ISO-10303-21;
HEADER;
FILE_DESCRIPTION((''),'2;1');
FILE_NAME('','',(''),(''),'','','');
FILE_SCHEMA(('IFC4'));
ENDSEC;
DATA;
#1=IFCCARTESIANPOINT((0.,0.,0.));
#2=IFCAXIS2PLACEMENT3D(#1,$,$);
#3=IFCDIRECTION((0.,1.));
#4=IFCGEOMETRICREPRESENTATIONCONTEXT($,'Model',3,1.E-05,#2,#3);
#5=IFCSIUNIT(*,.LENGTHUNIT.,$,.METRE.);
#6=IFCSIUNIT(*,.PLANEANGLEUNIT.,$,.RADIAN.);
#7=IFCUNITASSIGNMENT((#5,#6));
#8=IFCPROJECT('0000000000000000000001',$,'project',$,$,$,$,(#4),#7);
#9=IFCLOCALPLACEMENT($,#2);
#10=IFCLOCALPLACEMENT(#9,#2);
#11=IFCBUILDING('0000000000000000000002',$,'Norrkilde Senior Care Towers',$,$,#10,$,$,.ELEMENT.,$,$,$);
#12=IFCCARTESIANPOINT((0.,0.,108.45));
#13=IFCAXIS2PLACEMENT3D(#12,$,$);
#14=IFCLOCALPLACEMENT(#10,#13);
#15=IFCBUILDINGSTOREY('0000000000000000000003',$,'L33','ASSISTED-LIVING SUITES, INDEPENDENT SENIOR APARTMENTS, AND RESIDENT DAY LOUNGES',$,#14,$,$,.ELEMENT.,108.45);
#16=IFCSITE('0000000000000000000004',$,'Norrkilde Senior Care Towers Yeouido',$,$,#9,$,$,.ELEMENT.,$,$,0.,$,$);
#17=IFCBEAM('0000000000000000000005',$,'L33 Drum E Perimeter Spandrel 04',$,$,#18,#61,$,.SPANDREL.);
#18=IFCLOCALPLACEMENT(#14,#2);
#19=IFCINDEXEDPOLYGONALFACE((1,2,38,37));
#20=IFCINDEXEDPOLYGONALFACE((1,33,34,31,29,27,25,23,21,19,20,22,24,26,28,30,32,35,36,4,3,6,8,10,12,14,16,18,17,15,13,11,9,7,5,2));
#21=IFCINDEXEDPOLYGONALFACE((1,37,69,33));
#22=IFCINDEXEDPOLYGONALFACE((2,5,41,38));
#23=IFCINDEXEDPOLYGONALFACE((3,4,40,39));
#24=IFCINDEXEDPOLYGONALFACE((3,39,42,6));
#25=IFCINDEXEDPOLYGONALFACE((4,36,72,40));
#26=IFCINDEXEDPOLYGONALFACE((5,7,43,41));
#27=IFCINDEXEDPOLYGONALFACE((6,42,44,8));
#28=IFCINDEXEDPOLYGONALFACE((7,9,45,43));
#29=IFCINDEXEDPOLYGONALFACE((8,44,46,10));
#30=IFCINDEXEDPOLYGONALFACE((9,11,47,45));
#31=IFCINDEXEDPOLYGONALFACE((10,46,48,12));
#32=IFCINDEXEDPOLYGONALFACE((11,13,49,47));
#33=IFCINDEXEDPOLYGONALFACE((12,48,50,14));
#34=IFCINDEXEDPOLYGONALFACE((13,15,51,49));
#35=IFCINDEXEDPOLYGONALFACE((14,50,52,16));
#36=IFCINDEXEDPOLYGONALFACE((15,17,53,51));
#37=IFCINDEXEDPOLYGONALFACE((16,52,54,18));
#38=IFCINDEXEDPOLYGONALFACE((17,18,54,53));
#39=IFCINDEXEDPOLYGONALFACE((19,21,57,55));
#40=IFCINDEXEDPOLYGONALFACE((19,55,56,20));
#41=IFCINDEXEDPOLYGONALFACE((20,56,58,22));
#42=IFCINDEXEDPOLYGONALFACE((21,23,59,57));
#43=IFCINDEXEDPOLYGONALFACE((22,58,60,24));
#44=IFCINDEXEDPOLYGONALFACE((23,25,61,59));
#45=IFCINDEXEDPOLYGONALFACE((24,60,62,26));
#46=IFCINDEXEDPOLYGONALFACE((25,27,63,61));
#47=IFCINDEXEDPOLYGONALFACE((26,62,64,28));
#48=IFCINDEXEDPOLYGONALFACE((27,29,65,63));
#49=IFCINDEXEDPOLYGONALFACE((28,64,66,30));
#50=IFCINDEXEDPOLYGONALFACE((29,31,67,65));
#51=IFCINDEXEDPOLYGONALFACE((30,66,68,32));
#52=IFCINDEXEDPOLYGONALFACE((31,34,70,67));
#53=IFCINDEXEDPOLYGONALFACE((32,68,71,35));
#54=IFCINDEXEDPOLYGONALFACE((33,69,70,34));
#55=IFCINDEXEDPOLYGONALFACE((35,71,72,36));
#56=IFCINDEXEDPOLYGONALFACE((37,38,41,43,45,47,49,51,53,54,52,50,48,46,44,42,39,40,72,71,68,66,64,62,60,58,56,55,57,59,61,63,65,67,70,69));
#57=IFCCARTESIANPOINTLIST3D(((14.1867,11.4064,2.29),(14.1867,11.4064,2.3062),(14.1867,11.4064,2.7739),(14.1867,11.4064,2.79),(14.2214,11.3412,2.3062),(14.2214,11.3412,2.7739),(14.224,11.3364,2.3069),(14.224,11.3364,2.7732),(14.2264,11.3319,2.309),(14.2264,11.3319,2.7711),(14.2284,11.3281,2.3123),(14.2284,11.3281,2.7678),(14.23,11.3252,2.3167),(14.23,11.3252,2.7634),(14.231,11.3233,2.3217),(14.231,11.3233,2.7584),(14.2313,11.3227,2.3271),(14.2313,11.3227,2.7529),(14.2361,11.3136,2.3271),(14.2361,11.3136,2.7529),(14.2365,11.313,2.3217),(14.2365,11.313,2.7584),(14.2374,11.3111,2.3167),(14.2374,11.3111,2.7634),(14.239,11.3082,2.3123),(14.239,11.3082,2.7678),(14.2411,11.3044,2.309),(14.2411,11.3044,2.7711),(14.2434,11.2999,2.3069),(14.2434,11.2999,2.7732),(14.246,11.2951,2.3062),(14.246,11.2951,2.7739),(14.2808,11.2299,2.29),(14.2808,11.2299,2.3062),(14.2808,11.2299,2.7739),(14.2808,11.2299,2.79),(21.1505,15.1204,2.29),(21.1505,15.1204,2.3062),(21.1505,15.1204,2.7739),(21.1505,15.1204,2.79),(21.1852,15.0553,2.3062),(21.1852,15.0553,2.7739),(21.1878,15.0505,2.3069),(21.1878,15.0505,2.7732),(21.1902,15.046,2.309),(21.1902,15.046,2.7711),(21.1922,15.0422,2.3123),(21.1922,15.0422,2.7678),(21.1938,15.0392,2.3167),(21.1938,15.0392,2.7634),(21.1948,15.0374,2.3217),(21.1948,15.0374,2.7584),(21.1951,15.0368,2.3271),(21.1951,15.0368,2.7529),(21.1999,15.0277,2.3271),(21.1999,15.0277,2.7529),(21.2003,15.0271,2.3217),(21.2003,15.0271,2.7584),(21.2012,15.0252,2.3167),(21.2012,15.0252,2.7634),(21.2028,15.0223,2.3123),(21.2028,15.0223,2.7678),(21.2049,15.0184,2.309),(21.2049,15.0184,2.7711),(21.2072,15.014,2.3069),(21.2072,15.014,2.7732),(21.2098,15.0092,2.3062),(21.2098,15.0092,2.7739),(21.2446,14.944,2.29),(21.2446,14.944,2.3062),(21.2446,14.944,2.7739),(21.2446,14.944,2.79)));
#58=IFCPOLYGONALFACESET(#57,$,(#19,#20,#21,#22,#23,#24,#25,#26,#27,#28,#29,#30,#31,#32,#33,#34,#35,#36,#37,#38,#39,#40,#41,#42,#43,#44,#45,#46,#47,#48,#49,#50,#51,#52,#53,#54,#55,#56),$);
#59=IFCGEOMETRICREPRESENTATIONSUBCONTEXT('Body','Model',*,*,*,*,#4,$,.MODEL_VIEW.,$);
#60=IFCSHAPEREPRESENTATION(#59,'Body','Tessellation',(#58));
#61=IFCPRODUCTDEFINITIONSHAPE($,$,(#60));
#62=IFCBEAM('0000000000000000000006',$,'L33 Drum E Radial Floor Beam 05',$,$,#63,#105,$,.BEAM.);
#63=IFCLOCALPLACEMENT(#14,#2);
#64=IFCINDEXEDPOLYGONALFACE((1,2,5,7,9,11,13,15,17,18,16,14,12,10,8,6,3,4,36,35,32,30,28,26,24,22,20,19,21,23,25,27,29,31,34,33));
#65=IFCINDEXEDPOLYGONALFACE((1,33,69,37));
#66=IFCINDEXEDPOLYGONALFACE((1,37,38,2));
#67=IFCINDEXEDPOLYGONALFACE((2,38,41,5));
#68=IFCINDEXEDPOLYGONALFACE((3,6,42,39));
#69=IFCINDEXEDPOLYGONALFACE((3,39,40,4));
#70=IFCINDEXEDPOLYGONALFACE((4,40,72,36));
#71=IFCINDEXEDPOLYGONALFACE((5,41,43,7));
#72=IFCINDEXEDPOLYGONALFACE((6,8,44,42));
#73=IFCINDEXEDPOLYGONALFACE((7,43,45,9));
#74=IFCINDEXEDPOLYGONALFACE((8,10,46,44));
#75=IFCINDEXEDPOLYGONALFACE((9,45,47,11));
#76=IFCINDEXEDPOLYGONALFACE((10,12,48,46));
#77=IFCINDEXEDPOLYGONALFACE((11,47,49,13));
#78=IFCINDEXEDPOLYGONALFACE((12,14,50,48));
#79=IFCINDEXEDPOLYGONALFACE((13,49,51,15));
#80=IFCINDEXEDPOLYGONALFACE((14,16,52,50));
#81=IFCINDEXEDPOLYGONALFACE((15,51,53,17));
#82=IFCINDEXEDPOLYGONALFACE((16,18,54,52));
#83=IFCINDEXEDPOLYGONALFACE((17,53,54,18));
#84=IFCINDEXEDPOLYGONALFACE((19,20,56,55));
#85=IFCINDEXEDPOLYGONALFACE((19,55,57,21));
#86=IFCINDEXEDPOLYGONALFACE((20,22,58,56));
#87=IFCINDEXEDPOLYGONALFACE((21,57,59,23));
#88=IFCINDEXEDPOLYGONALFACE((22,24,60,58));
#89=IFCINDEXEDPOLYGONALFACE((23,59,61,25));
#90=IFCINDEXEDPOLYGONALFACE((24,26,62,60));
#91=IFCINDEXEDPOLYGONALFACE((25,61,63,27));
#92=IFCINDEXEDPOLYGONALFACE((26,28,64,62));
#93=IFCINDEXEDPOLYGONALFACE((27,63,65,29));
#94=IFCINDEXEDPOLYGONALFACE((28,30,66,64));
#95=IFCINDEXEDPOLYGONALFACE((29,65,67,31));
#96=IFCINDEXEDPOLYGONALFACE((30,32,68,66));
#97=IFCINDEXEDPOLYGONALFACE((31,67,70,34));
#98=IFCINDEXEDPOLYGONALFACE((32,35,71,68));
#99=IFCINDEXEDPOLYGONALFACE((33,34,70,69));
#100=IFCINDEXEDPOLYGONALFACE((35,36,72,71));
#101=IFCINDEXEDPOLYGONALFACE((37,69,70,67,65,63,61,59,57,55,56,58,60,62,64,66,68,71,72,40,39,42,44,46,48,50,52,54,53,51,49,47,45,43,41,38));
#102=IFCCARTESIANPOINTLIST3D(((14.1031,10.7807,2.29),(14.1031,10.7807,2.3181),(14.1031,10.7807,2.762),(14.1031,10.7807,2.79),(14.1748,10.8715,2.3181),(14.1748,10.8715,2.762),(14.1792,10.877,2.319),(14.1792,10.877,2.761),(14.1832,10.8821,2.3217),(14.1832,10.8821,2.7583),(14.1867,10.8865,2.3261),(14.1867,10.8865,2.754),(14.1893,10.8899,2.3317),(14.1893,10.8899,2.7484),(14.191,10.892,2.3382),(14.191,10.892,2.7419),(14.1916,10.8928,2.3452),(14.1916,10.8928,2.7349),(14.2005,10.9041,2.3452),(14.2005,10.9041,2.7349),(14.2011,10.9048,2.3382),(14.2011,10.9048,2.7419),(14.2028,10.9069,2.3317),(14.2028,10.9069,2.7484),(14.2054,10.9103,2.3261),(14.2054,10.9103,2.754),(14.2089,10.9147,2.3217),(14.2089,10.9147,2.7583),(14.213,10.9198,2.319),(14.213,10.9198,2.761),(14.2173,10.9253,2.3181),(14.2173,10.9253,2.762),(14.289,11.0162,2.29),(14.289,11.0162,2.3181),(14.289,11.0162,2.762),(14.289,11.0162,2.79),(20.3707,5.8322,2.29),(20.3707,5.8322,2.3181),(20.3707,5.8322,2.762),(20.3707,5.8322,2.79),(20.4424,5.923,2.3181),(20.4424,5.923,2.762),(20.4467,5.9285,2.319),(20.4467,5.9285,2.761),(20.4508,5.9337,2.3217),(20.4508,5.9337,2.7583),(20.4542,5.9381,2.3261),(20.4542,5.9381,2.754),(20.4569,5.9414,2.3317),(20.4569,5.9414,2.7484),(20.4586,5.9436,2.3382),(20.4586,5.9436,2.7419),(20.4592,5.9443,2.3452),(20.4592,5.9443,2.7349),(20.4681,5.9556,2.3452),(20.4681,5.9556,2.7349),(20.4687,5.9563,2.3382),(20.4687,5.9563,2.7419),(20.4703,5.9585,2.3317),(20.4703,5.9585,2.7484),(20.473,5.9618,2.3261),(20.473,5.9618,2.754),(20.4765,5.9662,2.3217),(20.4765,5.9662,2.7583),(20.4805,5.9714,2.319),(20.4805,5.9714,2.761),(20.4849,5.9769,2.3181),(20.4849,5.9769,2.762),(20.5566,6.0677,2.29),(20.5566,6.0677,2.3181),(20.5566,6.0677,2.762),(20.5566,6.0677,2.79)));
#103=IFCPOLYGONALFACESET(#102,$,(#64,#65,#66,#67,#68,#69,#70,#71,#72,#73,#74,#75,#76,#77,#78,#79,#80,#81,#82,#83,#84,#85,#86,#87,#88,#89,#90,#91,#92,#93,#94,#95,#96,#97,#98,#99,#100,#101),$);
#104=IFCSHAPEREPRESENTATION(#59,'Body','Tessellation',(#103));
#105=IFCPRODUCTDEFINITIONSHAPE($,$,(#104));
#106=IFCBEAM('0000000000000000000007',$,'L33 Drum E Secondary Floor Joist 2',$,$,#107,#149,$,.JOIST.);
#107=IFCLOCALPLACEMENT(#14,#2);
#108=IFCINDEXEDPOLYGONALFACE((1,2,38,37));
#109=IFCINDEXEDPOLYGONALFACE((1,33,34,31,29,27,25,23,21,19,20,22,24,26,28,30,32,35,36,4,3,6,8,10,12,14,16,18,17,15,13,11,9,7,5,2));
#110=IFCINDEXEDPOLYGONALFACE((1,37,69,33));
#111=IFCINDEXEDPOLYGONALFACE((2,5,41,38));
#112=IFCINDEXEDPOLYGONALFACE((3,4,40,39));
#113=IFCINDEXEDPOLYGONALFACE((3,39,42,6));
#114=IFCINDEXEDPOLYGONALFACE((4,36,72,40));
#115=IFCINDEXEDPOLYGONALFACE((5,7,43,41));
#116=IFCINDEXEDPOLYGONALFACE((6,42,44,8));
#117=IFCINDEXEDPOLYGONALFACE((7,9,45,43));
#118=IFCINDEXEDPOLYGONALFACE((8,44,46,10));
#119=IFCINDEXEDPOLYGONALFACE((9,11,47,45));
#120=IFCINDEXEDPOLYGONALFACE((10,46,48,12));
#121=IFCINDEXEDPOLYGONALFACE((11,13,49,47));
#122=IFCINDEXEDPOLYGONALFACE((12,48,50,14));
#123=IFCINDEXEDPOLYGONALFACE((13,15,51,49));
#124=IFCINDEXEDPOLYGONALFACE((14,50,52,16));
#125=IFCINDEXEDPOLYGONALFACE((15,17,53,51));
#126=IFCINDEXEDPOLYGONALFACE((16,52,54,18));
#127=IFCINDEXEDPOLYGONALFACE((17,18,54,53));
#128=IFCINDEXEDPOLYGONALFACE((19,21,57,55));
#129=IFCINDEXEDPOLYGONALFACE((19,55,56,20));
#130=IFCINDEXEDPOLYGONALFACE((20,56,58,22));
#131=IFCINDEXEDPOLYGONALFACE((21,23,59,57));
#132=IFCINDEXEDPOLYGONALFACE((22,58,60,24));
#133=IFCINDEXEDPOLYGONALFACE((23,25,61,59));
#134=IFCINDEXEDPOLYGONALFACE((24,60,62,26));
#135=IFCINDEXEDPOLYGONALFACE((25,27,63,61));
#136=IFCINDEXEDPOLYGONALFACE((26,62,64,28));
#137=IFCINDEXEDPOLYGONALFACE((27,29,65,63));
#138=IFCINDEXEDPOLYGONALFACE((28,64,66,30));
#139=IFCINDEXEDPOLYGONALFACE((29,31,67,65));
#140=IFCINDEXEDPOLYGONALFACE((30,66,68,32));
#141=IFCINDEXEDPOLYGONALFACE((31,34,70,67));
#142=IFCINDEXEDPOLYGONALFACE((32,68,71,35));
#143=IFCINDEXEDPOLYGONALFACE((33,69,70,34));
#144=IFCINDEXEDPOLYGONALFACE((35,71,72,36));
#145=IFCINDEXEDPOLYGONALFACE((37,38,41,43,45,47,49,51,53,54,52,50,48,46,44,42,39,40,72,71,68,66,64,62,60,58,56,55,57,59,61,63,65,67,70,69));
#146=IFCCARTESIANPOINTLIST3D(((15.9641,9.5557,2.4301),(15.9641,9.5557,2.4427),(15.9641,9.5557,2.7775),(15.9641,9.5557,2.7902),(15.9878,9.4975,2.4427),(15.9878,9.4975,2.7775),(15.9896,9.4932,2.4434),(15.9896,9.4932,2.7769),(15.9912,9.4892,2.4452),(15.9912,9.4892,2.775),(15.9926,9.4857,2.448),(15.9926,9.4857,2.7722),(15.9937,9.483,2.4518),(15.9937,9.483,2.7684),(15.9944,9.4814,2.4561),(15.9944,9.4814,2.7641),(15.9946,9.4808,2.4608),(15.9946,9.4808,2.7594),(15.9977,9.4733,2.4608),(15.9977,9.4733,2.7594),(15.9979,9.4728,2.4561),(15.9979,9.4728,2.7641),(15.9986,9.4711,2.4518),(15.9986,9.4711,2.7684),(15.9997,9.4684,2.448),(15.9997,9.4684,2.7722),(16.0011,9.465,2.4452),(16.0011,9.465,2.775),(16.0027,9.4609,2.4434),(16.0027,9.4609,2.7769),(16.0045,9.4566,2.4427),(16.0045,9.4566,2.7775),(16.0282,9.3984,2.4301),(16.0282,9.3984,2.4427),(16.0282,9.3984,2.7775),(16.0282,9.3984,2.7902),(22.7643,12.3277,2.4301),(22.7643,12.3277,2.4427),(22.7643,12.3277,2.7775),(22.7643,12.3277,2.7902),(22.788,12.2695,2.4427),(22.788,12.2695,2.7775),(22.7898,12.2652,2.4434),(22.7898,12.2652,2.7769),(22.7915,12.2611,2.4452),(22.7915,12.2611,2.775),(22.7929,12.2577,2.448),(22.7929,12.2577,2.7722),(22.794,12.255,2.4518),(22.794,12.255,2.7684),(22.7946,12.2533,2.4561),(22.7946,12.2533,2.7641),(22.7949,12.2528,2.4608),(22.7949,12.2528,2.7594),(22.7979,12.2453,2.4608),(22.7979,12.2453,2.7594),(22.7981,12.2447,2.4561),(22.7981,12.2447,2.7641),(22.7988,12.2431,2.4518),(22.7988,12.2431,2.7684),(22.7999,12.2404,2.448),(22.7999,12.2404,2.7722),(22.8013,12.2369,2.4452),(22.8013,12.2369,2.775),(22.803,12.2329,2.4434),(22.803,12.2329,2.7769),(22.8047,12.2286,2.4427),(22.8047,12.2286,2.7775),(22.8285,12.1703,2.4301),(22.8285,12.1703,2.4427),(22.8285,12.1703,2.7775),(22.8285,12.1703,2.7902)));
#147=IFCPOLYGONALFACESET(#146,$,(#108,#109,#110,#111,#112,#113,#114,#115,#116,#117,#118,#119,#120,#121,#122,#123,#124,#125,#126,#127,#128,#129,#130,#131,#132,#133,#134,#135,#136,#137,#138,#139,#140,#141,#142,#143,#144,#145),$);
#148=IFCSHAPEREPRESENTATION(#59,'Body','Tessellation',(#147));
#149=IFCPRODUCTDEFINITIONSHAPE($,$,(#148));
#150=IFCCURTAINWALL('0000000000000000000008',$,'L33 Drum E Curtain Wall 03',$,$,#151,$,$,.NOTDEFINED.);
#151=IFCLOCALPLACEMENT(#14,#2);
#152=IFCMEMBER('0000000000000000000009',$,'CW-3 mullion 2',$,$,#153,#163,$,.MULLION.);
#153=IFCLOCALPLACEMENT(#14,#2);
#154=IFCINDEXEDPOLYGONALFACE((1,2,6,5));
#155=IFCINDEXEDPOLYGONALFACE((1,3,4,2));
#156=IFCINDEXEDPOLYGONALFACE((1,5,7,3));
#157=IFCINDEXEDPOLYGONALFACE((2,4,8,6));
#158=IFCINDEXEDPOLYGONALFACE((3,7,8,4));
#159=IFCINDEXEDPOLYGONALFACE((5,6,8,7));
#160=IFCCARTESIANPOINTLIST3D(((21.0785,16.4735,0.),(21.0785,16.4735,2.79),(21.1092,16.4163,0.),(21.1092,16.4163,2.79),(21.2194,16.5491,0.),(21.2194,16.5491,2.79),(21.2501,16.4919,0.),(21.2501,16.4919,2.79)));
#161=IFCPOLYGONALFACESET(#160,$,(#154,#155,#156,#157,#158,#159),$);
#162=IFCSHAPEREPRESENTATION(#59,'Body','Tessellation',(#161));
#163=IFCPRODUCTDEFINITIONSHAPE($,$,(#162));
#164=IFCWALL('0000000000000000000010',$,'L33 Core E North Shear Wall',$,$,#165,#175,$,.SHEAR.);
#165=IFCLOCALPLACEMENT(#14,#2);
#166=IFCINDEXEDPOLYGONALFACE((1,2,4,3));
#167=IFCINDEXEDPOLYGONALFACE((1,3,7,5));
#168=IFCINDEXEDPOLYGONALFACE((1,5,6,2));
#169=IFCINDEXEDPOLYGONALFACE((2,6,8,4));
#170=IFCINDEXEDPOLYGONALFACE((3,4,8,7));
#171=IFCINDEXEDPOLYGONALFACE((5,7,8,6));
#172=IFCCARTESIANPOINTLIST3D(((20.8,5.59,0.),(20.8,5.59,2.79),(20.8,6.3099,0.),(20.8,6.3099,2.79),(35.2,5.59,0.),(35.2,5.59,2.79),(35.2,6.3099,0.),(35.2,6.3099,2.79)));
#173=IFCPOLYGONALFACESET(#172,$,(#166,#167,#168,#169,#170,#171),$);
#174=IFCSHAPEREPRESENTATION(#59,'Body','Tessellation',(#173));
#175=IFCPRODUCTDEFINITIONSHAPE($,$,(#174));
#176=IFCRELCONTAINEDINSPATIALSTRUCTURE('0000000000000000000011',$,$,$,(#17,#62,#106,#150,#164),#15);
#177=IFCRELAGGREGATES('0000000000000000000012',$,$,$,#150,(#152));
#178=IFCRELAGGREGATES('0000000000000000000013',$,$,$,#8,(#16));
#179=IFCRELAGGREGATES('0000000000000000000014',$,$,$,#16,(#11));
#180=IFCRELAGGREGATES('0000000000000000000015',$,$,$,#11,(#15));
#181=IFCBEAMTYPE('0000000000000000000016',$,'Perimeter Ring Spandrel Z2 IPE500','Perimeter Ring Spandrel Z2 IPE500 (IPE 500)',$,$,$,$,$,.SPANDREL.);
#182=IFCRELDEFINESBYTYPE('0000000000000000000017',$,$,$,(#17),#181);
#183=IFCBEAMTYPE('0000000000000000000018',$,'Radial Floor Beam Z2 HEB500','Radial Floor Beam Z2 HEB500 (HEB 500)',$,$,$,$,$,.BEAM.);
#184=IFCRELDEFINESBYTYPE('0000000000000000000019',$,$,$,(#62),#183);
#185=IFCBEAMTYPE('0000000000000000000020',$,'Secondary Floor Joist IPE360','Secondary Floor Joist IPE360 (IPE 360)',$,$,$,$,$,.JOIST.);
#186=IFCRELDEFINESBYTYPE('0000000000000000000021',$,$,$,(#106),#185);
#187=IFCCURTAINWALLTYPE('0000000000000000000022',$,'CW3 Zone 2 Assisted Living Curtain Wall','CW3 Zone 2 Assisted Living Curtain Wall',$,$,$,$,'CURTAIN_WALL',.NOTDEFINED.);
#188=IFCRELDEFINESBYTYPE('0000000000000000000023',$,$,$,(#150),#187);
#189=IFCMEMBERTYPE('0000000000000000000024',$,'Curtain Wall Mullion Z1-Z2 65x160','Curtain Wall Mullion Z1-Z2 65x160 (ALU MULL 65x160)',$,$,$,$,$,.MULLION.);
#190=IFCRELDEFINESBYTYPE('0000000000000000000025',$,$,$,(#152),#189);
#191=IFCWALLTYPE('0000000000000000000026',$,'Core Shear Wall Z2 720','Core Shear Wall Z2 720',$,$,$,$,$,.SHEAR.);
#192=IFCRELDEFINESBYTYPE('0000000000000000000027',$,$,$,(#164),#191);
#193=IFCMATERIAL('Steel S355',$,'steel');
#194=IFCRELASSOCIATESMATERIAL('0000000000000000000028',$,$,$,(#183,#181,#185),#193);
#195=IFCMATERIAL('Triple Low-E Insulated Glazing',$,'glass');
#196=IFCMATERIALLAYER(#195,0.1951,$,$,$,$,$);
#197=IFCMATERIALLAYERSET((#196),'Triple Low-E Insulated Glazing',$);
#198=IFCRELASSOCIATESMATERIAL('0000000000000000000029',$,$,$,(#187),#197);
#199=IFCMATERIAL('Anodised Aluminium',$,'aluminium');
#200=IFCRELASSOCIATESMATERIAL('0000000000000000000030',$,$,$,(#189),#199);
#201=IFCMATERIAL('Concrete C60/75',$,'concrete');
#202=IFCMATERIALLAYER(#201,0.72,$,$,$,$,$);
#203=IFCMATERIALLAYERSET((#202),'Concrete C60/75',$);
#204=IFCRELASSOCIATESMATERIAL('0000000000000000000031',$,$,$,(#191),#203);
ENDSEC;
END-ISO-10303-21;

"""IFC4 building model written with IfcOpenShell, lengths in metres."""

from ifc_helpers import new_model, si_unit, direction, frame, frame_2d, origin, origin_2d, place, context, subcontext, project, spatial, rectangle, i_section, extrude, source, transform, mapped, material, layer, layer_set, material_profile, profile_set, type_object, type_shapes, element, aggregate, save


model = new_model("IFC4")

# Units and contexts
model_context = context("Model", 3, precision=1e-05, world=origin(), true_north=direction((0.0, 1.0)))
body_context = subcontext(model_context, "Body", "Model", "MODEL_VIEW")
ifc_project = project(units=[si_unit("LENGTHUNIT", "METRE"), si_unit("PLANEANGLEUNIT", "RADIAN")], contexts=[model_context])

# Site, building, storey
site_placement = place(None, origin())
site = spatial("IfcSite", under=ifc_project, at=site_placement, Name="Norrkilde Senior Care Towers Yeouido", CompositionType="ELEMENT", RefElevation=0.0)
building_placement = place(site_placement, origin())
building = spatial("IfcBuilding", under=site, at=building_placement, Name="Norrkilde Senior Care Towers", CompositionType="ELEMENT")
storey_placement = place(building_placement, frame((0.0, 0.0, 108.45)))
storey = spatial("IfcBuildingStorey", under=building, at=storey_placement, Name="L33", Description="ASSISTED-LIVING SUITES, INDEPENDENT SENIOR APARTMENTS, AND RESIDENT DAY LOUNGES", CompositionType="ELEMENT", Elevation=108.45)

# Shared definitions
ifc_material_1 = material(Name="Concrete C60/75", Category="concrete")

# Beams
ifc_material_2 = material(Name="Steel S355", Category="steel")
ifc_material_profile_1 = material_profile(ifc_material_2, i_section(OverallWidth=0.3, OverallDepth=0.5, WebThickness=0.0144, FlangeThickness=0.0281, FilletRadius=0.0271, at=origin_2d()), Name="HEB 500")
ifc_profile_set_1 = profile_set([ifc_material_profile_1], Name="Steel S355")
beam_type_1 = type_object("IfcBeamType", Name="Radial Floor Beam Z2 HEB500", Description="Radial Floor Beam Z2 HEB500 (HEB 500)", PredefinedType="BEAM", material=ifc_profile_set_1)
ifc_material_profile_2 = material_profile(ifc_material_2, i_section(OverallWidth=0.2, OverallDepth=0.5, WebThickness=0.0103, FlangeThickness=0.0161, FilletRadius=0.021, at=origin_2d()), Name="IPE 500")
ifc_profile_set_2 = profile_set([ifc_material_profile_2], Name="Steel S355")
beam_type_2 = type_object("IfcBeamType", Name="Perimeter Ring Spandrel Z2 IPE500", Description="Perimeter Ring Spandrel Z2 IPE500 (IPE 500)", PredefinedType="SPANDREL", material=ifc_profile_set_2)
shared_shape_1 = source(origin(), body_context, "Body", "SweptSolid", [
    extrude(i_section(OverallWidth=0.2, OverallDepth=0.5, WebThickness=0.0103, FlangeThickness=0.0161, FilletRadius=0.021, at=origin_2d()), origin(), (0.0, 0.0, 1.0), 7.8923),
])
type_shapes(beam_type_2, [shared_shape_1])
beam_1_placement = place(storey_placement, frame((21.1975, 15.0322, 2.54), z_axis=(-0.88235, -0.470593, 0.0), x_axis=(0.470593, -0.88235, 0.0)))
element("IfcBeam", 1, at=beam_1_placement, inside=storey, type_object=beam_type_2, Name="L33 Drum E Perimeter Spandrel 04", PredefinedType="SPANDREL", context=body_context, shape_type="MappedRepresentation", body=[
    mapped(shared_shape_1, transform((0.0, 0.0, 0.0), x_axis=(1.0, 0.0, 0.0), y_axis=(0.0, 1.0, 0.0), z_axis=(0.0, 0.0, 1.0), scale=1.0)),
])
shared_shape_2 = source(origin(), body_context, "Body", "SweptSolid", [
    extrude(i_section(OverallWidth=0.3, OverallDepth=0.5, WebThickness=0.0144, FlangeThickness=0.0281, FilletRadius=0.0271, at=origin_2d()), origin(), (0.0, 0.0, 1.0), 7.9856),
])
beam_2_placement = place(storey_placement, frame((20.4636, 5.95, 2.54), z_axis=(-0.784859, 0.619675, 0.0), x_axis=(-0.619675, -0.784859, 0.0)))
element("IfcBeam", 2, at=beam_2_placement, inside=storey, type_object=beam_type_1, Name="L33 Drum E Radial Floor Beam 05", PredefinedType="BEAM", context=body_context, shape_type="MappedRepresentation", body=[
    mapped(shared_shape_2, transform((0.0, 0.0, 0.0), x_axis=(1.0, 0.0, 0.0), y_axis=(0.0, 1.0, 0.0), z_axis=(0.0, 0.0, 1.0), scale=1.0)),
])
ifc_material_profile_3 = material_profile(ifc_material_2, i_section(OverallWidth=0.1699, OverallDepth=0.3601, WebThickness=0.0081, FlangeThickness=0.0127, FilletRadius=0.0181, at=origin_2d()), Name="IPE 360")
ifc_profile_set_3 = profile_set([ifc_material_profile_3], Name="Steel S355")
beam_type_3 = type_object("IfcBeamType", Name="Secondary Floor Joist IPE360", Description="Secondary Floor Joist IPE360 (IPE 360)", PredefinedType="JOIST", material=ifc_profile_set_3)
shared_shape_3 = source(origin(), body_context, "Body", "SweptSolid", [
    extrude(i_section(OverallWidth=0.1699, OverallDepth=0.3601, WebThickness=0.0081, FlangeThickness=0.0127, FilletRadius=0.0181, at=origin_2d()), origin(), (0.0, 0.0, 1.0), 7.3435),
])
type_shapes(beam_type_3, [shared_shape_3])
beam_3_placement = place(storey_placement, frame((22.7964, 12.249, 2.6101), z_axis=(-0.926022, -0.37747, 0.0), x_axis=(0.37747, -0.926022, 0.0)))
element("IfcBeam", 3, at=beam_3_placement, inside=storey, type_object=beam_type_3, Name="L33 Drum E Secondary Floor Joist 2", PredefinedType="JOIST", context=body_context, shape_type="MappedRepresentation", body=[
    mapped(shared_shape_3, transform((0.0, 0.0, 0.0), x_axis=(1.0, 0.0, 0.0), y_axis=(0.0, 1.0, 0.0), z_axis=(0.0, 0.0, 1.0), scale=1.0)),
])

# Curtain wall, member
ifc_material_3 = material(Name="Triple Low-E Insulated Glazing", Category="glass")
ifc_layer_1 = layer(ifc_material_3, 0.1951)
ifc_layer_set_1 = layer_set([ifc_layer_1], Name="Triple Low-E Insulated Glazing")
curtain_wall_type = type_object("IfcCurtainWallType", Name="CW3 Zone 2 Assisted Living Curtain Wall", Description="CW3 Zone 2 Assisted Living Curtain Wall", ElementType="CURTAIN_WALL", PredefinedType="NOTDEFINED", material=ifc_layer_set_1)
curtain_wall_placement = place(storey_placement, origin())
curtain_wall = element("IfcCurtainWall", 4, at=curtain_wall_placement, inside=storey, type_object=curtain_wall_type, Name="L33 Drum E Curtain Wall 03", PredefinedType="NOTDEFINED")
ifc_material_4 = material(Name="Anodised Aluminium", Category="aluminium")
ifc_material_profile_4 = material_profile(ifc_material_4, rectangle(XDim=0.0649, YDim=0.1599, at=origin_2d()), Name="ALU MULL 65x160")
ifc_profile_set_4 = profile_set([ifc_material_profile_4], Name="Anodised Aluminium")
member_type = type_object("IfcMemberType", Name="Curtain Wall Mullion Z1-Z2 65x160", Description="Curtain Wall Mullion Z1-Z2 65x160 (ALU MULL 65x160)", PredefinedType="MULLION", material=ifc_profile_set_4)
shared_shape_4 = source(origin(), body_context, "Body", "SweptSolid", [
    extrude(rectangle(XDim=0.0649, YDim=0.1599, at=origin_2d()), origin(), (0.0, 0.0, 1.0), 2.79),
])
type_shapes(member_type, [shared_shape_4])
member_placement = place(storey_placement, frame((21.1643, 16.4827, 0.0), z_axis=(0.0, 0.0, 1.0), x_axis=(-0.472769, 0.881186, 0.0)))
member = element("IfcMember", 5, at=member_placement, type_object=member_type, Name="CW-3 mullion 2", PredefinedType="MULLION", context=body_context, shape_type="MappedRepresentation", body=[
    mapped(shared_shape_4, transform((0.0, 0.0, 0.0), x_axis=(1.0, 0.0, 0.0), y_axis=(0.0, 1.0, 0.0), z_axis=(0.0, 0.0, 1.0), scale=1.0)),
])
aggregate(curtain_wall, [member])

# Wall
ifc_layer_2 = layer(ifc_material_1, 0.72)
ifc_layer_set_2 = layer_set([ifc_layer_2], Name="Concrete C60/75")
wall_type_1 = type_object("IfcWallType", Name="Core Shear Wall Z2 720", Description="Core Shear Wall Z2 720", PredefinedType="SHEAR", material=ifc_layer_set_2)
shared_shape_5 = source(origin(), body_context, "Body", "SweptSolid", [
    extrude(rectangle(XDim=14.3999, YDim=0.72, at=frame_2d((7.2, 0.0))), origin(), (0.0, 0.0, 1.0), 2.79),
])
type_shapes(wall_type_1, [shared_shape_5])
wall_1_placement = place(storey_placement, frame((20.8, 5.95, 0.0), z_axis=(0.0, 0.0, 1.0), x_axis=(1.0, 0.0, 0.0)))
element("IfcWall", 6, at=wall_1_placement, inside=storey, type_object=wall_type_1, Name="L33 Core E North Shear Wall", PredefinedType="SHEAR", context=body_context, shape_type="MappedRepresentation", body=[
    mapped(shared_shape_5, transform((0.0, 0.0, 0.0), x_axis=(1.0, 0.0, 0.0), y_axis=(0.0, 1.0, 0.0), z_axis=(0.0, 0.0, 1.0), scale=1.0)),
])

save(model, "model.ifc")
